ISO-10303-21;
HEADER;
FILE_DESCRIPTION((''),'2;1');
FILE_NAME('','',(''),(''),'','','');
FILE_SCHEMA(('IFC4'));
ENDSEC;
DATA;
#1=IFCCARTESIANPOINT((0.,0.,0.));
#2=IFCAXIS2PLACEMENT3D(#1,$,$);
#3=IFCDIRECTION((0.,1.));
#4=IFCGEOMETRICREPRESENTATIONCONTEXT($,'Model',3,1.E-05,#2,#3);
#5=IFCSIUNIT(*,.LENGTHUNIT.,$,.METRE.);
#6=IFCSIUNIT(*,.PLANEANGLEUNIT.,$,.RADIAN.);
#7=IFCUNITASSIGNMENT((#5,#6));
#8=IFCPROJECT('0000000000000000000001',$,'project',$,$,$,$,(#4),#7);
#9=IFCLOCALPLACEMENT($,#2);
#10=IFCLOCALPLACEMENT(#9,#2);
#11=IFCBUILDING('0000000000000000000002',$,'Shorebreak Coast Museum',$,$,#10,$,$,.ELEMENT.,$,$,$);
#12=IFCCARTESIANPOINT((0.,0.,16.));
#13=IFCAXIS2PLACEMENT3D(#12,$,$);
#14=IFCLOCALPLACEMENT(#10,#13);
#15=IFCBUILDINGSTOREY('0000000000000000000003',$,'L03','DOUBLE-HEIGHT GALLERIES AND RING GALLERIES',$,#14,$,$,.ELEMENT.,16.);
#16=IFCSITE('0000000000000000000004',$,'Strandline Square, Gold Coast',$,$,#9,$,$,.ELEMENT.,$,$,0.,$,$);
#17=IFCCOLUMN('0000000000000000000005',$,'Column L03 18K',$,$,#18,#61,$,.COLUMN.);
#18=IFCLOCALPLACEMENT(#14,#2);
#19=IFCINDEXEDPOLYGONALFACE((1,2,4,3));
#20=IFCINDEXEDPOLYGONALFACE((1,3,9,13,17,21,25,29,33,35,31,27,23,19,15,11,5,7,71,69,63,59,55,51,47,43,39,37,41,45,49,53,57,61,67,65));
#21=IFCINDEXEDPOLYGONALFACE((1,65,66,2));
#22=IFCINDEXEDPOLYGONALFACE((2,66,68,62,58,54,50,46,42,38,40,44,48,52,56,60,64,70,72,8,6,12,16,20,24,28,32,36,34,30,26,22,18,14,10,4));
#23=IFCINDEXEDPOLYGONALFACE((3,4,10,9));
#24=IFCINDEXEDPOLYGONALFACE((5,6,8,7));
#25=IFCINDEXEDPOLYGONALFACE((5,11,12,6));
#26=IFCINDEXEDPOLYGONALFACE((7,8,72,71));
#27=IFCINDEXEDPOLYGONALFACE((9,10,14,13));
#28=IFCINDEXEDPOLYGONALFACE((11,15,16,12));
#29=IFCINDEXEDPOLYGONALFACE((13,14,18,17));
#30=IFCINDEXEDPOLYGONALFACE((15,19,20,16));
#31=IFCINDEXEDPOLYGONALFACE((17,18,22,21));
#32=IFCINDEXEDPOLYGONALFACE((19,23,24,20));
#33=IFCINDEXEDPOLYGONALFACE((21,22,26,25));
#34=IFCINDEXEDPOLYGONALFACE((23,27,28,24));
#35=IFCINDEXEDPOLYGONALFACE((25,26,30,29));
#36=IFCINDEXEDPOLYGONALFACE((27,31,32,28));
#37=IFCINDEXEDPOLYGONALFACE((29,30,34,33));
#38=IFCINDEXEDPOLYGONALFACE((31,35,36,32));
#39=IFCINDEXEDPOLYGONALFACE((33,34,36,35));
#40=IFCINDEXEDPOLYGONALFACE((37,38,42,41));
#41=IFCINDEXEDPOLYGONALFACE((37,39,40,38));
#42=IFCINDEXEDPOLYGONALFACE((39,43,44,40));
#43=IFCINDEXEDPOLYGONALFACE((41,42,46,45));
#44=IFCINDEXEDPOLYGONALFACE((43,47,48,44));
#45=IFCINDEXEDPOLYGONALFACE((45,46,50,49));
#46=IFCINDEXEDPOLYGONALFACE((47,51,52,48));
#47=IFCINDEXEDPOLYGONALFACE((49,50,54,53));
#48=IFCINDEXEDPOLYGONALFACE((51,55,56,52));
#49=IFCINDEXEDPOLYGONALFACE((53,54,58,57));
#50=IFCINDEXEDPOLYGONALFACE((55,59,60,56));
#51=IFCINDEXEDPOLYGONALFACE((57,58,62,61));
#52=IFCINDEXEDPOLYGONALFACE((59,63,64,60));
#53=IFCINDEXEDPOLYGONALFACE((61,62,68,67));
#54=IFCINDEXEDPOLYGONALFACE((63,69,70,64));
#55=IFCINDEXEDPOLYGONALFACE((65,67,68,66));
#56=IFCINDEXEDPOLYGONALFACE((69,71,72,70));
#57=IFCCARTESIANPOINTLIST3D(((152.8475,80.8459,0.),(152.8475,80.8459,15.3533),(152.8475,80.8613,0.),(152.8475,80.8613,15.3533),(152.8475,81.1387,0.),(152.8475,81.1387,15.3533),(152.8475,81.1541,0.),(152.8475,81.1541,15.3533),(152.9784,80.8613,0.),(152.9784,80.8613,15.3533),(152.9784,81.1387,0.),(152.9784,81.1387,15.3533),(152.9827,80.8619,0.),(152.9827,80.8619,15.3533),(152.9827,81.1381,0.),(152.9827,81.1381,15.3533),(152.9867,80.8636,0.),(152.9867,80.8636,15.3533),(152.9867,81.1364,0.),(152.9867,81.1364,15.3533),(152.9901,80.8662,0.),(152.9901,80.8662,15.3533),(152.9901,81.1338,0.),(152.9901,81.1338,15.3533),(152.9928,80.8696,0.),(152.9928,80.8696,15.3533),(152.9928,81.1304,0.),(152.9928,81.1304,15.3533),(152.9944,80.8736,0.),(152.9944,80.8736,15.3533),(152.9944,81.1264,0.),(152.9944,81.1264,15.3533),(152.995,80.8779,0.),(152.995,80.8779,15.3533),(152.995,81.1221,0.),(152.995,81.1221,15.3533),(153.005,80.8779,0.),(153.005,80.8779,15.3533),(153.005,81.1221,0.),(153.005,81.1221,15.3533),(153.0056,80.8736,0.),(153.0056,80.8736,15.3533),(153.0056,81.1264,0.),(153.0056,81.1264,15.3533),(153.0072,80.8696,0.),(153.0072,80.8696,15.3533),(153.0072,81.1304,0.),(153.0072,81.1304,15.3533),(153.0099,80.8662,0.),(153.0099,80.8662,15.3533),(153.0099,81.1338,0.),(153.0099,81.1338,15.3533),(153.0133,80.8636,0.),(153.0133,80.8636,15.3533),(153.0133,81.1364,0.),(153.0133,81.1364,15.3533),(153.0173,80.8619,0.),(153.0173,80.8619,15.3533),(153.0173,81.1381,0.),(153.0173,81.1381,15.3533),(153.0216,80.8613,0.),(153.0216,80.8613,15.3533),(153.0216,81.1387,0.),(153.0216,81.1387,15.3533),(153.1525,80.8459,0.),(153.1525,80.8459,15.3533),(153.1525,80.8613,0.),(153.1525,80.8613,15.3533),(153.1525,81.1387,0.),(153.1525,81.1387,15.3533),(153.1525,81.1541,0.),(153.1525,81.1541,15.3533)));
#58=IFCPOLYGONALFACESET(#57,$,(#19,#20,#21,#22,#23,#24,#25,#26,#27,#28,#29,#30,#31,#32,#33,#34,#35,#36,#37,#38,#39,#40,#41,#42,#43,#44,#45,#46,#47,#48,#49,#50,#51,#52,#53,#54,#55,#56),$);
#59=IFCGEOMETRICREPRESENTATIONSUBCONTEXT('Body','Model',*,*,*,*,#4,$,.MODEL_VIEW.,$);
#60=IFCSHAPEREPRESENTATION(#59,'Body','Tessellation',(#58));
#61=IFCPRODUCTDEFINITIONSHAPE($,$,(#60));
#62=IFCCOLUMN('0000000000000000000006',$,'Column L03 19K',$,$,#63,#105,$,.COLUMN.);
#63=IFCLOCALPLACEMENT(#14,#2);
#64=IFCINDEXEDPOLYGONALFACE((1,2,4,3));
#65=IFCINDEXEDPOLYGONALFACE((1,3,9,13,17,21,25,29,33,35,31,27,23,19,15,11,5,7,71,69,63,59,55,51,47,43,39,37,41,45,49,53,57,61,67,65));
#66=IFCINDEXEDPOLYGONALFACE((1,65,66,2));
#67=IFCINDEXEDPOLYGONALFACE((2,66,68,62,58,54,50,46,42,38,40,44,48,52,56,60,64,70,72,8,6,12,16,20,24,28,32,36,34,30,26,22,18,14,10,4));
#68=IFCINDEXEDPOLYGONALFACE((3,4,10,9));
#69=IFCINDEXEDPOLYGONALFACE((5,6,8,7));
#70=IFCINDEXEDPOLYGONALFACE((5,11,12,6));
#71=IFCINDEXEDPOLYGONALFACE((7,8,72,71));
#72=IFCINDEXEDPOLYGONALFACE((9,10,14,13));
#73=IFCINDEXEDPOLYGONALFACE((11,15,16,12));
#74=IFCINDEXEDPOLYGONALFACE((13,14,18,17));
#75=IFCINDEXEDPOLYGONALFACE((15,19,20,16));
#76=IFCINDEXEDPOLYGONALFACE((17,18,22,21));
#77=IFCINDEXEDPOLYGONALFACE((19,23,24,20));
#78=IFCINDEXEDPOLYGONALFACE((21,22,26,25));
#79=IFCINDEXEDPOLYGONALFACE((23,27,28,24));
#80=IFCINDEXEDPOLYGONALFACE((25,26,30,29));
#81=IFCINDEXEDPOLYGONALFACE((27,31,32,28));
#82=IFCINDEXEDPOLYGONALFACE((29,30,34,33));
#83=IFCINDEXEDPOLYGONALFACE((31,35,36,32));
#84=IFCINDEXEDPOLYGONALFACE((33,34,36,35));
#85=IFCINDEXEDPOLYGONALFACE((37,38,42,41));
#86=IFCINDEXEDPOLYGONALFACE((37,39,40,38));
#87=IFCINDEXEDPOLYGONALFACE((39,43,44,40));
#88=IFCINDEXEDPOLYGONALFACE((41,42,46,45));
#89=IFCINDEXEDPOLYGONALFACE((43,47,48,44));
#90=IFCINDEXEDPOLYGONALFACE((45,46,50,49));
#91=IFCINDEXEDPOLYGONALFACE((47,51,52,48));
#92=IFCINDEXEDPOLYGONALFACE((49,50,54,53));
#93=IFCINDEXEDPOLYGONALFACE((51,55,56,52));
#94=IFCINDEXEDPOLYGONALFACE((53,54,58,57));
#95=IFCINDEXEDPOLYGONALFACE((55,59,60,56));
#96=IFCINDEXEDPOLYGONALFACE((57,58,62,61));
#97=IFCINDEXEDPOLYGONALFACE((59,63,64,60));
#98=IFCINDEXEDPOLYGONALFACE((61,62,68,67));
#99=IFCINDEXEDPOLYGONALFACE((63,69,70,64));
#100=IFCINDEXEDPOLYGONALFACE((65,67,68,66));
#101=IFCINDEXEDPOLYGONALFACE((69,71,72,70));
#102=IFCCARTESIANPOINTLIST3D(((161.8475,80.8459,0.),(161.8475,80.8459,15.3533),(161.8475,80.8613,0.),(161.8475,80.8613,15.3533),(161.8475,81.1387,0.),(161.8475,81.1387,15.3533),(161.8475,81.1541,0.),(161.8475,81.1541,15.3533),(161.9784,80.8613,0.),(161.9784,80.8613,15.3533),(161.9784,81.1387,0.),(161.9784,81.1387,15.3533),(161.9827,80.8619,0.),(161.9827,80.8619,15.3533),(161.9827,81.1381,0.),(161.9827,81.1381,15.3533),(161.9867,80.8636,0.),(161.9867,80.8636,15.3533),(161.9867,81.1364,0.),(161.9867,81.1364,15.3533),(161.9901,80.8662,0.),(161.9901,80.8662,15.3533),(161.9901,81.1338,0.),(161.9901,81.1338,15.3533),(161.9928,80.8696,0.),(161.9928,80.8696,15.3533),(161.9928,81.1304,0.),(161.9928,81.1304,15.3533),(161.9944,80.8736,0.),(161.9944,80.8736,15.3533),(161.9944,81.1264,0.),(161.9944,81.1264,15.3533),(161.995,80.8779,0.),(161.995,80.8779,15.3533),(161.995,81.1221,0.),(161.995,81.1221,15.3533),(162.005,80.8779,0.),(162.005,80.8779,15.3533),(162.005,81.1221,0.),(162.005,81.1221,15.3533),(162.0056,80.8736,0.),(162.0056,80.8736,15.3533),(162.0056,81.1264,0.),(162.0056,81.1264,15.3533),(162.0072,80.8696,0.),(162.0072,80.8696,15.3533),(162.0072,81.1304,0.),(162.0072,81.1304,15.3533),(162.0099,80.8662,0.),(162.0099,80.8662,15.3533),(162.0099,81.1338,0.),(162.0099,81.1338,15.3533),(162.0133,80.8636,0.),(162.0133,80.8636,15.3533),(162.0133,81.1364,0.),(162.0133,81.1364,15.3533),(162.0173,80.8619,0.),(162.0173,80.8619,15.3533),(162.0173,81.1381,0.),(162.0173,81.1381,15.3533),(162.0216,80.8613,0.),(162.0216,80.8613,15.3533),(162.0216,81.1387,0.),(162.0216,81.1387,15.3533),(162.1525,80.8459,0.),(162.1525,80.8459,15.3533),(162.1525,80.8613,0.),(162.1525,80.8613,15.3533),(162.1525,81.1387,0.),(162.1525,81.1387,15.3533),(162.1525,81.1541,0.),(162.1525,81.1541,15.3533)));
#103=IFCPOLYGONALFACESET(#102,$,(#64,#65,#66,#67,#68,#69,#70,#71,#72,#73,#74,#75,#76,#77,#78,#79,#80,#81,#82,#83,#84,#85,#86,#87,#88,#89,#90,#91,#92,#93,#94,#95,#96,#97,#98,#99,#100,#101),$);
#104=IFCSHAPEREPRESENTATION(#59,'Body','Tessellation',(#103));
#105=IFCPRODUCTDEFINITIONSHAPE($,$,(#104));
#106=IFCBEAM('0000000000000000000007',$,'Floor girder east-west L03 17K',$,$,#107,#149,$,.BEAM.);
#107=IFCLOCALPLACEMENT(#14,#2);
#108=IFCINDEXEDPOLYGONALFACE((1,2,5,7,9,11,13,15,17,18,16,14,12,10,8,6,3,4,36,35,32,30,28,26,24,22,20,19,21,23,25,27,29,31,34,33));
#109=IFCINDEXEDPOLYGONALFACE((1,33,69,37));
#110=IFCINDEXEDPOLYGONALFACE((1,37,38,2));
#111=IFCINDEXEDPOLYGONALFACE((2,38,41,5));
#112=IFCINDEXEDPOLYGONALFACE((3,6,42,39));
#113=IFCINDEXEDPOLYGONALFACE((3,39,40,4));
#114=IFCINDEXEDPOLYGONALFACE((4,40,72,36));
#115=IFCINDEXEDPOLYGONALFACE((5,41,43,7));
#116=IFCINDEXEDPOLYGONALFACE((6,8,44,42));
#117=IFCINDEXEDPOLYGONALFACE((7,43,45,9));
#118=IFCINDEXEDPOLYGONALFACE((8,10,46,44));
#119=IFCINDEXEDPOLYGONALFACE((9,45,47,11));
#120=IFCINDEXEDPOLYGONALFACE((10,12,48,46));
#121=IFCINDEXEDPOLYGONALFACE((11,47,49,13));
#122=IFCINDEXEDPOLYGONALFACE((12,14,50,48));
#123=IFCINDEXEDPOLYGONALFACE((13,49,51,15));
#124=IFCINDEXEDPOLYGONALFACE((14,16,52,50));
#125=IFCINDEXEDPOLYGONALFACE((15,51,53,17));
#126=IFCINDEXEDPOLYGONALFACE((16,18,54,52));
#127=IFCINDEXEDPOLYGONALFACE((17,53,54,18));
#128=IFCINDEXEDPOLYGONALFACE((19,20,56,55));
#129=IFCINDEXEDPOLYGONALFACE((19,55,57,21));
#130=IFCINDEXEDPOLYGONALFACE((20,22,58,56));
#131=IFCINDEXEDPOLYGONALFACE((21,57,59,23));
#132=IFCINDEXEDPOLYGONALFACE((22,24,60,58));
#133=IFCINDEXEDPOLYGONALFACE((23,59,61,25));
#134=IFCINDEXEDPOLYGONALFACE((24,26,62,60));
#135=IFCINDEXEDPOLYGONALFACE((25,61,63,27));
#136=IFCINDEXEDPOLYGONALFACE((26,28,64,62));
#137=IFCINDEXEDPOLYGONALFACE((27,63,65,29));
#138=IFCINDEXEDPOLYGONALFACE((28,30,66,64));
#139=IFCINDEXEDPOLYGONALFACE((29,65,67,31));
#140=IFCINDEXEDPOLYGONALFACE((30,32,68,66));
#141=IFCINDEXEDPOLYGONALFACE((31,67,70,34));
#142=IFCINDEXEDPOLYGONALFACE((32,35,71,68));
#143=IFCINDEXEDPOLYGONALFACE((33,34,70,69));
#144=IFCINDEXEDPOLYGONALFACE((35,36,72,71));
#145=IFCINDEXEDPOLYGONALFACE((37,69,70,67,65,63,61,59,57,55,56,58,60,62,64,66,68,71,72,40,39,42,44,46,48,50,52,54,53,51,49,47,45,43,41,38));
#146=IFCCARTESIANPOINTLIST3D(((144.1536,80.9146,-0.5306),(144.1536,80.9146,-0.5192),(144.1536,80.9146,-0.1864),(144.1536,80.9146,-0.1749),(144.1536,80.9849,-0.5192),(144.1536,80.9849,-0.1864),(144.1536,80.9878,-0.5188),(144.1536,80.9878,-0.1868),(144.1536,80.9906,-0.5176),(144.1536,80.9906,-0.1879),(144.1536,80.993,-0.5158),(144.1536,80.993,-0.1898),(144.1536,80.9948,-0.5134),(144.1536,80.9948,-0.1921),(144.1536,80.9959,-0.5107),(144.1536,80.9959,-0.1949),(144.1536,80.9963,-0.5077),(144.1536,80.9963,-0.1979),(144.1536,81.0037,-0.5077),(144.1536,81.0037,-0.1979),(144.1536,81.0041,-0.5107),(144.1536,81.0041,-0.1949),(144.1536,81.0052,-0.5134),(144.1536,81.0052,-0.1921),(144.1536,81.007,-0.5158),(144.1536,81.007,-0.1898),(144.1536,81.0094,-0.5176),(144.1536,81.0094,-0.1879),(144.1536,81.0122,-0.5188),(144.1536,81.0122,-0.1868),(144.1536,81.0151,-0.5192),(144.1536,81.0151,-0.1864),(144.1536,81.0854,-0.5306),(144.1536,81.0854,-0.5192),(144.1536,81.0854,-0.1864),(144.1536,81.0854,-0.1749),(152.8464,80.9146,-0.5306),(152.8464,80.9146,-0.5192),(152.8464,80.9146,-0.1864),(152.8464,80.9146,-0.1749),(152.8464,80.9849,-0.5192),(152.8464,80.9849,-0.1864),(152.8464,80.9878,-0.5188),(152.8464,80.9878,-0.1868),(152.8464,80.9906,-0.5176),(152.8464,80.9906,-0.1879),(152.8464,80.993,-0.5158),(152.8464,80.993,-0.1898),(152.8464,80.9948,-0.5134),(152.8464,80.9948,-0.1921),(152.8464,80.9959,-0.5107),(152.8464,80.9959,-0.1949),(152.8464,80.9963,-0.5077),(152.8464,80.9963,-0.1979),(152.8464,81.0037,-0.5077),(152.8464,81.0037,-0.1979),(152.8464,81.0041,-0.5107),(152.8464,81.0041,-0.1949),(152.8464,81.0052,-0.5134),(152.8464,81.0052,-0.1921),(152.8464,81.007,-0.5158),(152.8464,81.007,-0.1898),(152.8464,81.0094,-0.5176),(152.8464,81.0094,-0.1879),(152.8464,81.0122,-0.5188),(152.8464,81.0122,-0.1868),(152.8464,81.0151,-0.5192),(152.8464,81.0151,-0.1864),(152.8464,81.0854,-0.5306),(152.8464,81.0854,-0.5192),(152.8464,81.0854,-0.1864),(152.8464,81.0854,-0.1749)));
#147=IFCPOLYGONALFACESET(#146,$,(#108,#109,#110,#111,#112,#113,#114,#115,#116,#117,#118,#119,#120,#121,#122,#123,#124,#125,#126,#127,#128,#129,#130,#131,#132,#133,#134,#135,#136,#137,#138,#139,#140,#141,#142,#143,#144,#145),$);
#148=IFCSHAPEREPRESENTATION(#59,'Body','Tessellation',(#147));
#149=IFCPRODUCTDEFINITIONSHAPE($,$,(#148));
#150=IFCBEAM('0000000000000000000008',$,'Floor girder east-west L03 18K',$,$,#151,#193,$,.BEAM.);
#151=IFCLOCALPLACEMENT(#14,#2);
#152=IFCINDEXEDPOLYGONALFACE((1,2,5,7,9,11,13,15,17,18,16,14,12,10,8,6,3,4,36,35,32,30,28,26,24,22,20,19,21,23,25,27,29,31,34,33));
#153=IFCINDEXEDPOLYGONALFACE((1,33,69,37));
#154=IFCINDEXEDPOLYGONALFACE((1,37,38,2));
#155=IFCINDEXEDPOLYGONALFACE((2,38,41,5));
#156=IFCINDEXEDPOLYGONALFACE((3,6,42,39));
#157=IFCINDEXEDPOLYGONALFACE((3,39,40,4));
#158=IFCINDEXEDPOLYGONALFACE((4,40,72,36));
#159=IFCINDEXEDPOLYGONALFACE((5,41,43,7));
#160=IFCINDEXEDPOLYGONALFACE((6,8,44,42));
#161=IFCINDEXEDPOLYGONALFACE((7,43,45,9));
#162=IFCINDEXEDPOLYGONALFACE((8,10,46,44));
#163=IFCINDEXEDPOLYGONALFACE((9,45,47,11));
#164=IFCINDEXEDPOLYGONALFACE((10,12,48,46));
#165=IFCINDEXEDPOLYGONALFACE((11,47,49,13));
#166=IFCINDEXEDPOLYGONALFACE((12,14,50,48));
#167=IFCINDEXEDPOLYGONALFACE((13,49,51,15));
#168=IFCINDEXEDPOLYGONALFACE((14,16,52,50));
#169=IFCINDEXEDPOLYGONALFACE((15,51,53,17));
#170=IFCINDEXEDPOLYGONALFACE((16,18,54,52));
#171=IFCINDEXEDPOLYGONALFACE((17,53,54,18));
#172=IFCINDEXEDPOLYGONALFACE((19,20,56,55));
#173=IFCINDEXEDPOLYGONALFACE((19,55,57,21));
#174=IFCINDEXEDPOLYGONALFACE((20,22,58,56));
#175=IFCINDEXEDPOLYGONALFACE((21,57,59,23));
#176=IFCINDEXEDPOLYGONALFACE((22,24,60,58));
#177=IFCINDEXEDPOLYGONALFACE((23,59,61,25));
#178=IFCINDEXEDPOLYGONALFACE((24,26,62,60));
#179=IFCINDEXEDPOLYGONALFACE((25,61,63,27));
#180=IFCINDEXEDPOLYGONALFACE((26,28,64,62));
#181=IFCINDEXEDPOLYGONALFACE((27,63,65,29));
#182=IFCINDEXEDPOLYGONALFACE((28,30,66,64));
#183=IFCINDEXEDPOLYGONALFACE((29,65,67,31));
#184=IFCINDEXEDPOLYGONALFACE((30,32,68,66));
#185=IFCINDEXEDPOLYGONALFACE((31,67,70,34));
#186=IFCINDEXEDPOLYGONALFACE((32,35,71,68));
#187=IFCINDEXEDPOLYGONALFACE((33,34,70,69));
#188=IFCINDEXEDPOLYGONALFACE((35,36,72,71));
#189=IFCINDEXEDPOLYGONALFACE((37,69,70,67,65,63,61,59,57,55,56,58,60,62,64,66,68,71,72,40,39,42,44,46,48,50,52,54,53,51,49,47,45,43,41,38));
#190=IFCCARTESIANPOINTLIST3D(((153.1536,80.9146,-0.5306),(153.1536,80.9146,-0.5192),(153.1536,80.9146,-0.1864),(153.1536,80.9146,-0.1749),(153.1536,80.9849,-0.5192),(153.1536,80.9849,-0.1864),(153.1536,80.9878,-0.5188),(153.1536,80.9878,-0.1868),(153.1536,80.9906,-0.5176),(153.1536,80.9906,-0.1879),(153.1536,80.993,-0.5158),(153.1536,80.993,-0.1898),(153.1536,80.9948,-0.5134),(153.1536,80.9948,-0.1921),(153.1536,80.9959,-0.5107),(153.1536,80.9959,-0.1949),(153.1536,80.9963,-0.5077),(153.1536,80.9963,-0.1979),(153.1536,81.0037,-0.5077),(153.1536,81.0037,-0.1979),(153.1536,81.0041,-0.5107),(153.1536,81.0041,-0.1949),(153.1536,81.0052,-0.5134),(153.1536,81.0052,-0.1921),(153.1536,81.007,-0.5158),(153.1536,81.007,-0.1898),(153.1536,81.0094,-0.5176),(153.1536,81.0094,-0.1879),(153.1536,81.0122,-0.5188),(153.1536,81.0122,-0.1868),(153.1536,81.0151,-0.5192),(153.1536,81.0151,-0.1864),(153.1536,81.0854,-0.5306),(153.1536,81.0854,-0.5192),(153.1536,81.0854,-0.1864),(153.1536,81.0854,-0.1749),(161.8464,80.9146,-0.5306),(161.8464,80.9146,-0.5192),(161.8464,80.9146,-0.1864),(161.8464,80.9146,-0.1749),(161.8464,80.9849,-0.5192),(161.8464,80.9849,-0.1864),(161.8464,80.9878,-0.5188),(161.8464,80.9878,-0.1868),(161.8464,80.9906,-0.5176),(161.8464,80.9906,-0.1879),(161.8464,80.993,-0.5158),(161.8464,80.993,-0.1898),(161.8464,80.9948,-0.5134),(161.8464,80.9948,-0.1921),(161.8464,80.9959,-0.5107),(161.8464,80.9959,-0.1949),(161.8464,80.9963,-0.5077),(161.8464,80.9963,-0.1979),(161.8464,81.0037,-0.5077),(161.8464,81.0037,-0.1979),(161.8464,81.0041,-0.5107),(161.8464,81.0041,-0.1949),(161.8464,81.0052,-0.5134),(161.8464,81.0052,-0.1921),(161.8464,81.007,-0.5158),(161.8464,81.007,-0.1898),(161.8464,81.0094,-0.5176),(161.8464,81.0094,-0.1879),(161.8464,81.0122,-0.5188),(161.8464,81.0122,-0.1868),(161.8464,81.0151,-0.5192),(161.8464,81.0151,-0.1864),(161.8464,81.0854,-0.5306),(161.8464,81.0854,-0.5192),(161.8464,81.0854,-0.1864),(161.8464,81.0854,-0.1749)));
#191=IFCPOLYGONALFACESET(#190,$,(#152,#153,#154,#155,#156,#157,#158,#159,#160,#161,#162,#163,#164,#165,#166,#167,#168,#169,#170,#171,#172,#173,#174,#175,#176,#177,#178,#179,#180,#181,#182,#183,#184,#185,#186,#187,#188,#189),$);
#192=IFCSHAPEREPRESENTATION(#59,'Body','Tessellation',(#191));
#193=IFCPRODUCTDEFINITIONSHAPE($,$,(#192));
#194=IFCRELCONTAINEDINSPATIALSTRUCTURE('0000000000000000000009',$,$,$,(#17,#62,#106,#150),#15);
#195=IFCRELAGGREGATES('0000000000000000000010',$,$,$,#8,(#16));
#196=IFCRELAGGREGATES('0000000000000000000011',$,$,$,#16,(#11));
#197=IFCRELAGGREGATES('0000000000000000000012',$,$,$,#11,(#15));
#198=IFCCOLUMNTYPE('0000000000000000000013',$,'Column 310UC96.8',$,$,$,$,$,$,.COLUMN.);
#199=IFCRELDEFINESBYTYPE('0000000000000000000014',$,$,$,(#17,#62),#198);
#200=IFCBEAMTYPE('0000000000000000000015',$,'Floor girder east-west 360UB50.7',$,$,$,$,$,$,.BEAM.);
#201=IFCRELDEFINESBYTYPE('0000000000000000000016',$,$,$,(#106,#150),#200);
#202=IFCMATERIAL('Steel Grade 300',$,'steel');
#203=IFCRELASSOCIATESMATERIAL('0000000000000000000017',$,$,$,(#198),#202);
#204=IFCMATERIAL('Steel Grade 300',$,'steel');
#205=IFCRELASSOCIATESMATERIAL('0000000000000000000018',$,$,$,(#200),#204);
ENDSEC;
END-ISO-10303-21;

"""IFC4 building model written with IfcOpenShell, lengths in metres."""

from ifc_helpers import new_model, si_unit, direction, frame, origin, origin_2d, place, context, subcontext, project, spatial, i_section, extrude, material, material_profile, profile_set, type_object, element, save


model = new_model("IFC4")

# Units and contexts
model_context = context("Model", 3, precision=1e-05, world=origin(), true_north=direction((0.0, 1.0)))
body_context = subcontext(model_context, "Body", "Model", "MODEL_VIEW")
ifc_project = project(units=[si_unit("LENGTHUNIT", "METRE"), si_unit("PLANEANGLEUNIT", "RADIAN")], contexts=[model_context])

# Site, building, storey
site_placement = place(None, origin())
site = spatial("IfcSite", under=ifc_project, at=site_placement, Name="Strandline Square, Gold Coast", CompositionType="ELEMENT", RefElevation=0.0)
building_placement = place(site_placement, origin())
building = spatial("IfcBuilding", under=site, at=building_placement, Name="Shorebreak Coast Museum", CompositionType="ELEMENT")
storey_placement = place(building_placement, frame((0.0, 0.0, 16.0)))
storey = spatial("IfcBuildingStorey", under=building, at=storey_placement, Name="L03", Description="DOUBLE-HEIGHT GALLERIES AND RING GALLERIES", CompositionType="ELEMENT", Elevation=16.0)

# Columns
ifc_material_1 = material(Name="Steel Grade 300", Category="steel")
ifc_material_profile_1 = material_profile(ifc_material_1, i_section(OverallWidth=0.3049, OverallDepth=0.3081, WebThickness=0.01, FlangeThickness=0.0154, FilletRadius=0.0166, at=origin_2d()), Name="310UC96.8")
ifc_profile_set_1 = profile_set([ifc_material_profile_1], Name="Steel Grade 300")
column_type = type_object("IfcColumnType", Name="Column 310UC96.8", PredefinedType="COLUMN", material=ifc_profile_set_1)
for number, where, z_axis, x_axis, name in (
    (1, (153.0, 81.0, 0.0), (0.0, 0.0, 1.0), (1.0, 0.0, 0.0), "Column L03 18K"),
    (2, (162.0, 81.0, 0.0), (0.0, 0.0, 1.0), (1.0, 0.0, 0.0), "Column L03 19K"),
):
    element("IfcColumn", number, at=place(storey_placement, frame(where, z_axis=z_axis, x_axis=x_axis)), inside=storey, type_object=column_type, Name=name, PredefinedType="COLUMN", context=body_context, shape_type="SweptSolid", body=[
        extrude(i_section(OverallWidth=0.3049, OverallDepth=0.3081, WebThickness=0.01, FlangeThickness=0.0154, FilletRadius=0.0166, at=origin_2d()), origin(), (0.0, 0.0, 1.0), 15.3533),
    ])

# Beams
ifc_material_2 = material(Name="Steel Grade 300", Category="steel")
ifc_material_profile_2 = material_profile(ifc_material_2, i_section(OverallWidth=0.1709, OverallDepth=0.3557, WebThickness=0.0073, FlangeThickness=0.0115, FilletRadius=0.0115, at=origin_2d()), Name="360UB50.7")
ifc_profile_set_2 = profile_set([ifc_material_profile_2], Name="Steel Grade 300")
beam_type_1 = type_object("IfcBeamType", Name="Floor girder east-west 360UB50.7", PredefinedType="BEAM", material=ifc_profile_set_2)
for number, where, z_axis, x_axis, name in (
    (3, (144.1536, 81.0, -0.3528), (1.0, 0.0, 0.0), (0.0, 1.0, 0.0), "Floor girder east-west L03 17K"),
    (4, (153.1536, 81.0, -0.3528), (1.0, 0.0, 0.0), (0.0, 1.0, 0.0), "Floor girder east-west L03 18K"),
):
    element("IfcBeam", number, at=place(storey_placement, frame(where, z_axis=z_axis, x_axis=x_axis)), inside=storey, type_object=beam_type_1, Name=name, PredefinedType="BEAM", context=body_context, shape_type="SweptSolid", body=[
        extrude(i_section(OverallWidth=0.1709, OverallDepth=0.3557, WebThickness=0.0073, FlangeThickness=0.0115, FilletRadius=0.0115, at=origin_2d()), origin(), (0.0, 0.0, 1.0), 8.6929),
    ])

save(model, "model.ifc")
